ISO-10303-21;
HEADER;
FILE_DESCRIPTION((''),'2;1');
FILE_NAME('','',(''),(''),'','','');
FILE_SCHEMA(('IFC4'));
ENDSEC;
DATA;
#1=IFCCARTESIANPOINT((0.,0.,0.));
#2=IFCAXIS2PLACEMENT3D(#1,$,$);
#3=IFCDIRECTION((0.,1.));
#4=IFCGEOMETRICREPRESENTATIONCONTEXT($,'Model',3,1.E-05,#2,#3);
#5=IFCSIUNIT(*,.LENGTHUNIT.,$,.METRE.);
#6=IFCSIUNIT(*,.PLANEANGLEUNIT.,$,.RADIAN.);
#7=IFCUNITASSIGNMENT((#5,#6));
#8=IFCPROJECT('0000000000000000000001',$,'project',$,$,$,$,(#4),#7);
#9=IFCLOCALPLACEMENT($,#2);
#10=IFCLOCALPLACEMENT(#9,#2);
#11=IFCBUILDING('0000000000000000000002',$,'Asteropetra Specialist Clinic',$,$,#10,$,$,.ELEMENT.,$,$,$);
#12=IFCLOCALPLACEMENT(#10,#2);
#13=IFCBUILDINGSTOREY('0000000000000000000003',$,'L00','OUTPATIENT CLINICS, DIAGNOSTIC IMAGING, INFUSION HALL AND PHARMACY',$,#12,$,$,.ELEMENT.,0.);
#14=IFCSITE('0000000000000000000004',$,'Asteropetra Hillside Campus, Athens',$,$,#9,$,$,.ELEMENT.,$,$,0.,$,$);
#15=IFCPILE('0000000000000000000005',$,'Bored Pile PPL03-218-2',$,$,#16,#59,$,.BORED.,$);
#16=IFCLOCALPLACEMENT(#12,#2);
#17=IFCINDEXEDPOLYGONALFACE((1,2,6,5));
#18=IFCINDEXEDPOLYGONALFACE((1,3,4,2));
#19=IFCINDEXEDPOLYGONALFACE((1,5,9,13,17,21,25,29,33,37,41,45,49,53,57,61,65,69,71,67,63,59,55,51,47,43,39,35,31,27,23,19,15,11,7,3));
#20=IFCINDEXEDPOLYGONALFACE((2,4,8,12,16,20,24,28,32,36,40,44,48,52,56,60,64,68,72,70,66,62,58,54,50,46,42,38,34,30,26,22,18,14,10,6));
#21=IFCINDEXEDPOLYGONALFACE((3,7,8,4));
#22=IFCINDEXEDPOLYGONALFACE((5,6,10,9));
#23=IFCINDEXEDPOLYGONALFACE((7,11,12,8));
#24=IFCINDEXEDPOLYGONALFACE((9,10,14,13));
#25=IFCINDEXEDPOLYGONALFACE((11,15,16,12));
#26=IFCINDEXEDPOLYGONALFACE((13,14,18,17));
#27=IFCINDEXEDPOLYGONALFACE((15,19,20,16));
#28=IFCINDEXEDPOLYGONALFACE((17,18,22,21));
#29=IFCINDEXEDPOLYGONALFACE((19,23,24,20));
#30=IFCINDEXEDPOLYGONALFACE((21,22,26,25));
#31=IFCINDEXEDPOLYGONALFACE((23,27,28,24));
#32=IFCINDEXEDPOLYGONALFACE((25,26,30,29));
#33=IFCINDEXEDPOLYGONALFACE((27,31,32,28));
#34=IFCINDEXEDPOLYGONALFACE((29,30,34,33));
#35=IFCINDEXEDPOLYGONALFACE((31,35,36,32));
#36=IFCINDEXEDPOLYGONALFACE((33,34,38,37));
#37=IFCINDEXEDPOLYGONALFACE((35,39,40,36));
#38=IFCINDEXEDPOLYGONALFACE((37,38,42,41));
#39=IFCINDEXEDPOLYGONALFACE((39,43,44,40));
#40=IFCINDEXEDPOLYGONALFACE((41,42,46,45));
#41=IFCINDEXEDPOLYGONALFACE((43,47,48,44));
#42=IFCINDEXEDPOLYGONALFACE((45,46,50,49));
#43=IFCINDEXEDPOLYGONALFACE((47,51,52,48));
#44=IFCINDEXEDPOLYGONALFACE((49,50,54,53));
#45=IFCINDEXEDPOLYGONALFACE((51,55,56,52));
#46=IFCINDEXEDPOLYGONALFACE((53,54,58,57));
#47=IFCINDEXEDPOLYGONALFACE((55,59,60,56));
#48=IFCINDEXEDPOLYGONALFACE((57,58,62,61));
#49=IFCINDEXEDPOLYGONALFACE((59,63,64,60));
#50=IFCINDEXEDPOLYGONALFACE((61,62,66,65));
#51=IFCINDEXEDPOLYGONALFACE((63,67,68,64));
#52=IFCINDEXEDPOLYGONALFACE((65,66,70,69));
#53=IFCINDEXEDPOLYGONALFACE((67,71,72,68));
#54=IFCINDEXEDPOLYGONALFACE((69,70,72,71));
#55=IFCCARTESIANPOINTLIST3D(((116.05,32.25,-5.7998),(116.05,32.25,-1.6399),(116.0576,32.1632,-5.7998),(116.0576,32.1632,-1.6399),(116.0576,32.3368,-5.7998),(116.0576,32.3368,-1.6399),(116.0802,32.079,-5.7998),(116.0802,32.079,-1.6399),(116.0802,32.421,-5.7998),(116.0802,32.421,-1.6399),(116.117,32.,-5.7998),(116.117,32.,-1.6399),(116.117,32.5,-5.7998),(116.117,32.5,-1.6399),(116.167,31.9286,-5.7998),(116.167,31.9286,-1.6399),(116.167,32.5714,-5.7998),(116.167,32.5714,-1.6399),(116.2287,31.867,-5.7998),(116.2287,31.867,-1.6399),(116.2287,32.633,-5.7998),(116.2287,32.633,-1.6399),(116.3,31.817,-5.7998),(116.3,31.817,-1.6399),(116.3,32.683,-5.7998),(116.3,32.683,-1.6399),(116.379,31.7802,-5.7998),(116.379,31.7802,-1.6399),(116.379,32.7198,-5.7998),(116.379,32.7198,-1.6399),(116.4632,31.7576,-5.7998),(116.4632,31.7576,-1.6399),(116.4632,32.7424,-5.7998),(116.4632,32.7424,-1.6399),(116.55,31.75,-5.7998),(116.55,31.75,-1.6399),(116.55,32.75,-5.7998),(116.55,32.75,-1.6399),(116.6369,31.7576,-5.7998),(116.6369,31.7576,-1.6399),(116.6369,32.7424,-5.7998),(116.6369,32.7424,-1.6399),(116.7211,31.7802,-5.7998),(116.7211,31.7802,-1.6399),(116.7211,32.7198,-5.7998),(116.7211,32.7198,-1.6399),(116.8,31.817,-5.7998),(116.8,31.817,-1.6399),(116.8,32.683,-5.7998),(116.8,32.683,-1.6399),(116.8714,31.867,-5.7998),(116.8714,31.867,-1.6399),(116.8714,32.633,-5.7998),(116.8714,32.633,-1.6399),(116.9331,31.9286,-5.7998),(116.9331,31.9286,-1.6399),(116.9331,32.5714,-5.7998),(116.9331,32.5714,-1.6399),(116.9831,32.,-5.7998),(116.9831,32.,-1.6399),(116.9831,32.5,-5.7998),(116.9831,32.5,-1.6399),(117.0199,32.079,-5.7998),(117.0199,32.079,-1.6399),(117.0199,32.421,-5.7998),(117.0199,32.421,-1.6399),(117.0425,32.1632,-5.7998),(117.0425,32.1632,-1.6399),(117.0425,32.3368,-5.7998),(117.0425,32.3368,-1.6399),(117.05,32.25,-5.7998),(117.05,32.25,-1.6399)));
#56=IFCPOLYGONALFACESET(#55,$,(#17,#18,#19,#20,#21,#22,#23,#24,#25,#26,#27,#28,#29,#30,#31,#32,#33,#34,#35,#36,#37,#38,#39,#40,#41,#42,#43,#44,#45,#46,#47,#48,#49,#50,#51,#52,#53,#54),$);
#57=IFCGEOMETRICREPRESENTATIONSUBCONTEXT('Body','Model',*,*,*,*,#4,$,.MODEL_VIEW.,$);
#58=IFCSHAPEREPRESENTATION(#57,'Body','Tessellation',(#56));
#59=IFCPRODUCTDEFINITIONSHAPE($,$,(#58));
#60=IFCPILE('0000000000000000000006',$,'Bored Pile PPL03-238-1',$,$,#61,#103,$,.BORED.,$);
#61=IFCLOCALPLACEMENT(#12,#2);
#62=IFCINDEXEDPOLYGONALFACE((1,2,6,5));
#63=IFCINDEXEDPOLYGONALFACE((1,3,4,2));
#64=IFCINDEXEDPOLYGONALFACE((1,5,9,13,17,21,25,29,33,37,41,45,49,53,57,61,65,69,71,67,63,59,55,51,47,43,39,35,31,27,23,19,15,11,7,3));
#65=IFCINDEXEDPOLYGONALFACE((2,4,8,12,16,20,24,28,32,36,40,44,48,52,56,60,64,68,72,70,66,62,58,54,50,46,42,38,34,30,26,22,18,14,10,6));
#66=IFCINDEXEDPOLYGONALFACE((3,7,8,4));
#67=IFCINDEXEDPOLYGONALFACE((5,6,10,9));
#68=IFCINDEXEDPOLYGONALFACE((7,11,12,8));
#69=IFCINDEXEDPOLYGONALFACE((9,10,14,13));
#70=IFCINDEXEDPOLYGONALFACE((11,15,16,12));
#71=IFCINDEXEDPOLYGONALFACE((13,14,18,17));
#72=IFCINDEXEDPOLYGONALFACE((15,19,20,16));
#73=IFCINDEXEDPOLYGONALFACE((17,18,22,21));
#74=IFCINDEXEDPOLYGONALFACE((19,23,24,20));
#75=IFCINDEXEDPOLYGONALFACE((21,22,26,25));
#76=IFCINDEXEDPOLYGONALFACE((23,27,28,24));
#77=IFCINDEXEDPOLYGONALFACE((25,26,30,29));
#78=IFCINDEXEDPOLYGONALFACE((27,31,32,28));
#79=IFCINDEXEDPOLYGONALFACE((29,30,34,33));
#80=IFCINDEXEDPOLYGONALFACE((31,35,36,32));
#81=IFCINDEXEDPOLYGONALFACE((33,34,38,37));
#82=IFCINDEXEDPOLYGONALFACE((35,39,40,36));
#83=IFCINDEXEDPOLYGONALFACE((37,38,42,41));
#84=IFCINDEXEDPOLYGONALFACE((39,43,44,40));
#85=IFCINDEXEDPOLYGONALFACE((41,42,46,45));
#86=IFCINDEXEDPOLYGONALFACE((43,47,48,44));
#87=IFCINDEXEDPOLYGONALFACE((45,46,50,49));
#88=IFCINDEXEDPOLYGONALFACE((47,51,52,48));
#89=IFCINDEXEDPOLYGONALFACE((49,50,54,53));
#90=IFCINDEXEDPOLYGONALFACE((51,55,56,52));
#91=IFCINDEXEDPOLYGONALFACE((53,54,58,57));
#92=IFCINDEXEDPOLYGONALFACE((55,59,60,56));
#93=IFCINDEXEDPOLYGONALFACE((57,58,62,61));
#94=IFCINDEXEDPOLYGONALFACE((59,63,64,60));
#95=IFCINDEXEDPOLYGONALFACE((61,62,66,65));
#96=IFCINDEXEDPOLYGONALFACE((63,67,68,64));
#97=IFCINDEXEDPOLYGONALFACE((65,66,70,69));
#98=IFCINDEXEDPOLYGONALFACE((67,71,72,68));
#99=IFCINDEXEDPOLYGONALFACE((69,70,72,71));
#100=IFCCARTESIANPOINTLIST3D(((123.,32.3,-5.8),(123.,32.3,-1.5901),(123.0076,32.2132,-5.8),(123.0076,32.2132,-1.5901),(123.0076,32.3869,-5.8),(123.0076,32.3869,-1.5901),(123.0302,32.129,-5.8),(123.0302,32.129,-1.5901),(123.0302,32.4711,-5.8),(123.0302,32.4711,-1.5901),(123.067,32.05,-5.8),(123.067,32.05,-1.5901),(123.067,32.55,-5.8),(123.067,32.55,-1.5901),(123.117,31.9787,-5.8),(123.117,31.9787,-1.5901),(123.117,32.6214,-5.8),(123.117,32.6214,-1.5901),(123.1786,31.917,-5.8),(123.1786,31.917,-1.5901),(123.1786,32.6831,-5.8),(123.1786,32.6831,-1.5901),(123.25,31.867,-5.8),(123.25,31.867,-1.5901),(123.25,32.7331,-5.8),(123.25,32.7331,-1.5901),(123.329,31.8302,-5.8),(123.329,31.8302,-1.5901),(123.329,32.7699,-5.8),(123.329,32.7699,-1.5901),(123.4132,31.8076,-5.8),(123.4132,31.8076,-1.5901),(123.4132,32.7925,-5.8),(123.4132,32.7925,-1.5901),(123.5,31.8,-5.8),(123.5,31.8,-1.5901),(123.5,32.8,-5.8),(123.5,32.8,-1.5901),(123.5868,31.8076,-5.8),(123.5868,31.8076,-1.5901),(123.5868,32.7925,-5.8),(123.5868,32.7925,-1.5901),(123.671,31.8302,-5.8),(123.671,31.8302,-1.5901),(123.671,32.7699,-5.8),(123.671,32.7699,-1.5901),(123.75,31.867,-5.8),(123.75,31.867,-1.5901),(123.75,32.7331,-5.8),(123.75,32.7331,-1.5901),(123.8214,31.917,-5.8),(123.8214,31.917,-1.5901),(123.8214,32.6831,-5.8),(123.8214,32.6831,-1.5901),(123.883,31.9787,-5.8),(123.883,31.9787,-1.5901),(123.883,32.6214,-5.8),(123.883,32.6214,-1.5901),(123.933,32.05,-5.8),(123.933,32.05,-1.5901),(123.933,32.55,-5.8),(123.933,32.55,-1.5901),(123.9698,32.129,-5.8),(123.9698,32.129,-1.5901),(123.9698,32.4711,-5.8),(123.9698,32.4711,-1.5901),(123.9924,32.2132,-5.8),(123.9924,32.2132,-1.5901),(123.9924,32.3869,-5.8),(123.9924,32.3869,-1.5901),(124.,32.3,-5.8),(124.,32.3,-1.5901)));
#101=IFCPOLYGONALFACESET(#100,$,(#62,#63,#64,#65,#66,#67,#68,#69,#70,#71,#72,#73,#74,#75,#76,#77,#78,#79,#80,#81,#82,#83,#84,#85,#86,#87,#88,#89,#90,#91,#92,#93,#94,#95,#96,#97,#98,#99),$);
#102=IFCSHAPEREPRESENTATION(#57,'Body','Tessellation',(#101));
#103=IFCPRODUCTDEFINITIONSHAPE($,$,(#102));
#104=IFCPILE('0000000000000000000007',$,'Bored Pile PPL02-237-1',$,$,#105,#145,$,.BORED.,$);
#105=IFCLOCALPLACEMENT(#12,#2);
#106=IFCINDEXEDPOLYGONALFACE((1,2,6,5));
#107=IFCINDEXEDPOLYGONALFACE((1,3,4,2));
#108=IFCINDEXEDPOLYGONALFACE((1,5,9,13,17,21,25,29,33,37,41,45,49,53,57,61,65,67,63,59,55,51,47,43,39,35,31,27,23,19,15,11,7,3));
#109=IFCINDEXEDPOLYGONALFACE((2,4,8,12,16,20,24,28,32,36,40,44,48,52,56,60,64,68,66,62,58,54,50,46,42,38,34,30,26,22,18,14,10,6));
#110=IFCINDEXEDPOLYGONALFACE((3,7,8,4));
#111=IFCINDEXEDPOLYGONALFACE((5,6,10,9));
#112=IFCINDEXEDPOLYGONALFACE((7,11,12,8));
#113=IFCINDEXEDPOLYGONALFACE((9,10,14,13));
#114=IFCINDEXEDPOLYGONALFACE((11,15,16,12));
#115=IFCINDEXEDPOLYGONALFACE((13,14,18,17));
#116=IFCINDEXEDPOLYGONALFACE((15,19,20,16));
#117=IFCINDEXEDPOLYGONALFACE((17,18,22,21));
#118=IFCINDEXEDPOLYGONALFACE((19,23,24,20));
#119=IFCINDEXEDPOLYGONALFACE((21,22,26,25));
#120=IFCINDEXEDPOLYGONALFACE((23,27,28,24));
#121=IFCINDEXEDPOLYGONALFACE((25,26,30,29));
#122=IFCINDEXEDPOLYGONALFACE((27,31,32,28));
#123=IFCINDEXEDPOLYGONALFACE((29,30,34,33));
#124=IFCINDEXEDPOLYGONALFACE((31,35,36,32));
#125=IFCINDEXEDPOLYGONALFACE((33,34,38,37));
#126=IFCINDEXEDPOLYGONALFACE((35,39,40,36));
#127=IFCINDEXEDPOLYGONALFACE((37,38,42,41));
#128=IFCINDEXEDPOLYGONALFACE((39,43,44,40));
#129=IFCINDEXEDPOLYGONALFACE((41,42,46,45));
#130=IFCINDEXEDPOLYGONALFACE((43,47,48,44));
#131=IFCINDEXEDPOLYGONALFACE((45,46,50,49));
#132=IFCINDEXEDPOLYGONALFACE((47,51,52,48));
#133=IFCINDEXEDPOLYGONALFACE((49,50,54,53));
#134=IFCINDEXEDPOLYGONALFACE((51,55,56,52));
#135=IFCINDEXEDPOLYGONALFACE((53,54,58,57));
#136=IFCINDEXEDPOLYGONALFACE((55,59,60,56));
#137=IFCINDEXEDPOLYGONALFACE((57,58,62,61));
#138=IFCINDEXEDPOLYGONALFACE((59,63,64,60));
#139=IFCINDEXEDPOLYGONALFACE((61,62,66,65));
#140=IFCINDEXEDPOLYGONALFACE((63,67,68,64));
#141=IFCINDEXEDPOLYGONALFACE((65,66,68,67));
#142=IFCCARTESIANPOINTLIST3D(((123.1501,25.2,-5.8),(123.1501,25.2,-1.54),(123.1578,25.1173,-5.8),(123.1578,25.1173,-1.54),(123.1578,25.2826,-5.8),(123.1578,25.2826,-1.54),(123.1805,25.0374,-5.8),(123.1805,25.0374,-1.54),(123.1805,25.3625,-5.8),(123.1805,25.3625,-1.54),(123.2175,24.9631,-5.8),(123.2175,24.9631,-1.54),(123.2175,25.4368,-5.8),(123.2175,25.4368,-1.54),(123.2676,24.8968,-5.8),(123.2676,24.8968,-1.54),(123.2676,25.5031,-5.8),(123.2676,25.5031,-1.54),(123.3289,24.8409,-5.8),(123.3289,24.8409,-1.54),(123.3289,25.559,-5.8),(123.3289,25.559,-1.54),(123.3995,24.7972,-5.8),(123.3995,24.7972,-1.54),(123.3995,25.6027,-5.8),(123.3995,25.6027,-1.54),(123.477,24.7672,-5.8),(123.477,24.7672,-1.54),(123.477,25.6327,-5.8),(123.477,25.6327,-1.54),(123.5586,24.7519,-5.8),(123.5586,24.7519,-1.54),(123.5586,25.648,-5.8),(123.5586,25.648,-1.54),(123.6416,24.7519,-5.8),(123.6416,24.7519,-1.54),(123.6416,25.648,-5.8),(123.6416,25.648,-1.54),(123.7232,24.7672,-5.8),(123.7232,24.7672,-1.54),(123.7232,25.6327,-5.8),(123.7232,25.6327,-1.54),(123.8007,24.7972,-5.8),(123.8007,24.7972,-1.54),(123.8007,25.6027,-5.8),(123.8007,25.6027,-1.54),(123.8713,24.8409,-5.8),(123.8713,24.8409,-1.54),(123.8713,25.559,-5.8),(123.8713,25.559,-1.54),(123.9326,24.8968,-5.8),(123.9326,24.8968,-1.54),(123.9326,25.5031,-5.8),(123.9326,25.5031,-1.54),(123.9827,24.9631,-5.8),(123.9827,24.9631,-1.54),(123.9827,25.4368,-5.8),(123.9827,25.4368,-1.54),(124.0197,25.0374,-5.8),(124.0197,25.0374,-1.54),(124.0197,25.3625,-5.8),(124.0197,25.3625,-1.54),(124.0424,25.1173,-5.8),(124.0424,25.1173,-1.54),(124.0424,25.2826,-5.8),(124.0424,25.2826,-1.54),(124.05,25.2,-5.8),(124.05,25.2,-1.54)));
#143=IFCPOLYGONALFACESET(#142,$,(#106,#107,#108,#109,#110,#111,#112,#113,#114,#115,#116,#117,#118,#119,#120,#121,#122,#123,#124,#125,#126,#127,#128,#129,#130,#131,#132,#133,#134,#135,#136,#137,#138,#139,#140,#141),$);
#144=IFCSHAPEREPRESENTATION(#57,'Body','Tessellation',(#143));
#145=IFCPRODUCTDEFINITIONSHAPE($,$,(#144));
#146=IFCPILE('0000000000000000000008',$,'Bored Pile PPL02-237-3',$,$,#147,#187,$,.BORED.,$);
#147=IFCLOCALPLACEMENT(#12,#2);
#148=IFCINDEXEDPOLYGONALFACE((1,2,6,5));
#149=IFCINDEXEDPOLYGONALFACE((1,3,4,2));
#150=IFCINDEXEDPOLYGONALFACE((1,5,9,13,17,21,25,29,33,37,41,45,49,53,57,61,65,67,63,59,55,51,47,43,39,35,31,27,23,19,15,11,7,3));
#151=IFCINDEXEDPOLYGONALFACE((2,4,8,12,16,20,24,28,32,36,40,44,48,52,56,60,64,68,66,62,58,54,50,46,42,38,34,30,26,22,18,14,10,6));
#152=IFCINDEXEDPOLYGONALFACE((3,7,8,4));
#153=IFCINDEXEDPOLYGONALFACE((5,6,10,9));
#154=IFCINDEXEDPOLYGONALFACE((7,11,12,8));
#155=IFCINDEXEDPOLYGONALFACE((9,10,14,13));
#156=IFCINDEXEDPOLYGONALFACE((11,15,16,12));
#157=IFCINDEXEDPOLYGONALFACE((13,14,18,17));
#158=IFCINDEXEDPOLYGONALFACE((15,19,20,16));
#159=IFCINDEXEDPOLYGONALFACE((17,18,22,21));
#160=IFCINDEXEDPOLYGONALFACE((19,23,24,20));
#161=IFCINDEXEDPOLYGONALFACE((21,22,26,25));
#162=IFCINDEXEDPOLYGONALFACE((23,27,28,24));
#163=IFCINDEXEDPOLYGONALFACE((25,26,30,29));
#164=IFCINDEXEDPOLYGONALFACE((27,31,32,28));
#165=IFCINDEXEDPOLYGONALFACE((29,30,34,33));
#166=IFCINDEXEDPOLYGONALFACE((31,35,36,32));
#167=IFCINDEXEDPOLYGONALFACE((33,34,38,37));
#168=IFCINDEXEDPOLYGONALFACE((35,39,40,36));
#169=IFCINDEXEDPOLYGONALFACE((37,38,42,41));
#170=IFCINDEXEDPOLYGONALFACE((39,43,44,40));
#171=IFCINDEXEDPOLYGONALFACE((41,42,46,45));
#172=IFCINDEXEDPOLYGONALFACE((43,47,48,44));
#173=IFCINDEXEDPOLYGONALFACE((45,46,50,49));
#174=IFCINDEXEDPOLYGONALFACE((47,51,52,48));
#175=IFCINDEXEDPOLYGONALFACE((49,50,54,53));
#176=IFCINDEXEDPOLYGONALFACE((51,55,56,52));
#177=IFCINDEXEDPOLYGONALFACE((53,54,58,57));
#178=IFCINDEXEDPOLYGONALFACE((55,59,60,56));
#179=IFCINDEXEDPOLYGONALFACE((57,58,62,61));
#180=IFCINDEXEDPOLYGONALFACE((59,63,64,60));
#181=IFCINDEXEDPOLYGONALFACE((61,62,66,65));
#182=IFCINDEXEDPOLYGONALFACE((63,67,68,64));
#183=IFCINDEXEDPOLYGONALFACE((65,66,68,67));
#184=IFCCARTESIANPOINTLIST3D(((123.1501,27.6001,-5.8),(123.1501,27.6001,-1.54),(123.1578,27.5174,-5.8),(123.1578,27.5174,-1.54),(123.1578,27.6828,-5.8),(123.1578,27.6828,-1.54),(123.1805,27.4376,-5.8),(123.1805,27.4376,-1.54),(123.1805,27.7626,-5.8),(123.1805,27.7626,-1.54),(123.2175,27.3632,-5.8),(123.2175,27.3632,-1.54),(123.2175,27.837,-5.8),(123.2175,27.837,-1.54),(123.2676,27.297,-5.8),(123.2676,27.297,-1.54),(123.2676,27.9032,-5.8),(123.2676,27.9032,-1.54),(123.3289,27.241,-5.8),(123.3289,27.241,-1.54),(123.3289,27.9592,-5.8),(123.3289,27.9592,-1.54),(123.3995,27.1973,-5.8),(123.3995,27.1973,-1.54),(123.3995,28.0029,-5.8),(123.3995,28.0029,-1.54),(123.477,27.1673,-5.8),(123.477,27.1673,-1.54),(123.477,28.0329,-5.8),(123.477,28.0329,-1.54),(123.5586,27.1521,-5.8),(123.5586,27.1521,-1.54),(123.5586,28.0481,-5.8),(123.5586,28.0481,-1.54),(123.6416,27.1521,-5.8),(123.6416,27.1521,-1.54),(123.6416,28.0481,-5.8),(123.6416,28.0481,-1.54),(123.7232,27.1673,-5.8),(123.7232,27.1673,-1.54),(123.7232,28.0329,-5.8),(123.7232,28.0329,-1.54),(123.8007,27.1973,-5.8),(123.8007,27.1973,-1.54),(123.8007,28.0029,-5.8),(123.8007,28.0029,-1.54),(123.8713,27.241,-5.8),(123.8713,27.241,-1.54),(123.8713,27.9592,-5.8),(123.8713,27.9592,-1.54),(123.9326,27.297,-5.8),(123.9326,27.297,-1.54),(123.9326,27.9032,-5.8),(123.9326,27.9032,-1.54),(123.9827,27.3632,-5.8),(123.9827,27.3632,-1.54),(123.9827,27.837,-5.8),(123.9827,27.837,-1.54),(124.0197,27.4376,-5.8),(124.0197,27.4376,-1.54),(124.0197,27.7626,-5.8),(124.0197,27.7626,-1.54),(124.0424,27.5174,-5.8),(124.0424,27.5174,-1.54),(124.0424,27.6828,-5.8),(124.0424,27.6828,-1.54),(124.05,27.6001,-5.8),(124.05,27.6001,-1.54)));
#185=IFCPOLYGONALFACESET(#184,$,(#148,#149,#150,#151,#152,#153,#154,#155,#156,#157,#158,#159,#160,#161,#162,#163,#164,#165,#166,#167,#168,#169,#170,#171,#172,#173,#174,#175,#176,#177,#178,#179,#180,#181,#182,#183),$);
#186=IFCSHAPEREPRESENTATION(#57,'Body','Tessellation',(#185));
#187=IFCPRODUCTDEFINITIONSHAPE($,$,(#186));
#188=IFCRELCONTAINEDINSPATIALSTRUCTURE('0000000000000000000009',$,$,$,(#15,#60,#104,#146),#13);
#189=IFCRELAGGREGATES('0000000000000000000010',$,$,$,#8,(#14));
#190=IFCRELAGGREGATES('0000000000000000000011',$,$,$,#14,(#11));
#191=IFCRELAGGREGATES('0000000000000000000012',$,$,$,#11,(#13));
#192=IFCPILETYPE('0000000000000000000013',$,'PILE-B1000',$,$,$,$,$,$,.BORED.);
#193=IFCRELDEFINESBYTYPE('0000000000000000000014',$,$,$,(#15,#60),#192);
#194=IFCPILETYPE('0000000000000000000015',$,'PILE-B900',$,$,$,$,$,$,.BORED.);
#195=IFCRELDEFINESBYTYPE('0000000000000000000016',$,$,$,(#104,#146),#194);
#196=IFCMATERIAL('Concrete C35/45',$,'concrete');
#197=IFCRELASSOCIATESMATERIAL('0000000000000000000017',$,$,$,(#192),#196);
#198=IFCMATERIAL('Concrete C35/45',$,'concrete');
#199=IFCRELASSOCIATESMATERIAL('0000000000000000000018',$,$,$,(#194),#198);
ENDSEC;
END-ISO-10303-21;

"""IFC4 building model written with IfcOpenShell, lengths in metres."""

from ifc_helpers import new_model, si_unit, direction, frame, origin, origin_2d, place, context, subcontext, project, spatial, circle, extrude, material, material_profile, profile_set, type_object, element, save


model = new_model("IFC4")

# Units and contexts
model_context = context("Model", 3, precision=1e-05, world=origin(), true_north=direction((0.0, 1.0)))
body_context = subcontext(model_context, "Body", "Model", "MODEL_VIEW")
ifc_project = project(units=[si_unit("LENGTHUNIT", "METRE"), si_unit("PLANEANGLEUNIT", "RADIAN")], contexts=[model_context])

# Site, building, storey
site_placement = place(None, origin())
site = spatial("IfcSite", under=ifc_project, at=site_placement, Name="Asteropetra Hillside Campus, Athens", CompositionType="ELEMENT", RefElevation=0.0)
building_placement = place(site_placement, origin())
building = spatial("IfcBuilding", under=site, at=building_placement, Name="Asteropetra Specialist Clinic", CompositionType="ELEMENT")
storey_placement = place(building_placement, origin())
storey = spatial("IfcBuildingStorey", under=building, at=storey_placement, Name="L00", Description="OUTPATIENT CLINICS, DIAGNOSTIC IMAGING, INFUSION HALL AND PHARMACY", CompositionType="ELEMENT", Elevation=0.0)

# Piles
ifc_material_1 = material(Name="Concrete C35/45", Category="concrete")
ifc_material_profile_1 = material_profile(ifc_material_1, circle(Radius=0.5, at=origin_2d()), Name="PILE D1000")
ifc_profile_set_1 = profile_set([ifc_material_profile_1], Name="Concrete C35/45")
pile_type_1 = type_object("IfcPileType", Name="PILE-B1000", PredefinedType="BORED", material=ifc_profile_set_1)
pile_1_placement = place(storey_placement, frame((116.55, 32.25, -1.6399), z_axis=(0.0, 0.0, -1.0), x_axis=(1.0, 0.0, 0.0)))
element("IfcPile", 1, at=pile_1_placement, inside=storey, type_object=pile_type_1, Name="Bored Pile PPL03-218-2", PredefinedType="BORED", context=body_context, shape_type="SweptSolid", body=[
    extrude(circle(Radius=0.5, at=origin_2d()), origin(), (0.0, 0.0, 1.0), 4.1599),
])
pile_2_placement = place(storey_placement, frame((123.5, 32.3, -1.5901), z_axis=(0.0, 0.0, -1.0), x_axis=(1.0, 0.0, 0.0)))
element("IfcPile", 2, at=pile_2_placement, inside=storey, type_object=pile_type_1, Name="Bored Pile PPL03-238-1", PredefinedType="BORED", context=body_context, shape_type="SweptSolid", body=[
    extrude(circle(Radius=0.5, at=origin_2d()), origin(), (0.0, 0.0, 1.0), 4.21),
])
ifc_material_2 = material(Name="Concrete C35/45", Category="concrete")
ifc_material_profile_2 = material_profile(ifc_material_2, circle(Radius=0.45, at=origin_2d()), Name="PILE D900")
ifc_profile_set_2 = profile_set([ifc_material_profile_2], Name="Concrete C35/45")
pile_type_2 = type_object("IfcPileType", Name="PILE-B900", PredefinedType="BORED", material=ifc_profile_set_2)
for number, where, z_axis, x_axis, name in (
    (3, (123.6001, 25.2, -1.54), (0.0, 0.0, -1.0), (1.0, 0.0, 0.0), "Bored Pile PPL02-237-1"),
    (4, (123.6001, 27.6001, -1.54), (0.0, 0.0, -1.0), (1.0, 0.0, 0.0), "Bored Pile PPL02-237-3"),
):
    element("IfcPile", number, at=place(storey_placement, frame(where, z_axis=z_axis, x_axis=x_axis)), inside=storey, type_object=pile_type_2, Name=name, PredefinedType="BORED", context=body_context, shape_type="SweptSolid", body=[
        extrude(circle(Radius=0.45, at=origin_2d()), origin(), (0.0, 0.0, 1.0), 4.26),
    ])

save(model, "model.ifc")
